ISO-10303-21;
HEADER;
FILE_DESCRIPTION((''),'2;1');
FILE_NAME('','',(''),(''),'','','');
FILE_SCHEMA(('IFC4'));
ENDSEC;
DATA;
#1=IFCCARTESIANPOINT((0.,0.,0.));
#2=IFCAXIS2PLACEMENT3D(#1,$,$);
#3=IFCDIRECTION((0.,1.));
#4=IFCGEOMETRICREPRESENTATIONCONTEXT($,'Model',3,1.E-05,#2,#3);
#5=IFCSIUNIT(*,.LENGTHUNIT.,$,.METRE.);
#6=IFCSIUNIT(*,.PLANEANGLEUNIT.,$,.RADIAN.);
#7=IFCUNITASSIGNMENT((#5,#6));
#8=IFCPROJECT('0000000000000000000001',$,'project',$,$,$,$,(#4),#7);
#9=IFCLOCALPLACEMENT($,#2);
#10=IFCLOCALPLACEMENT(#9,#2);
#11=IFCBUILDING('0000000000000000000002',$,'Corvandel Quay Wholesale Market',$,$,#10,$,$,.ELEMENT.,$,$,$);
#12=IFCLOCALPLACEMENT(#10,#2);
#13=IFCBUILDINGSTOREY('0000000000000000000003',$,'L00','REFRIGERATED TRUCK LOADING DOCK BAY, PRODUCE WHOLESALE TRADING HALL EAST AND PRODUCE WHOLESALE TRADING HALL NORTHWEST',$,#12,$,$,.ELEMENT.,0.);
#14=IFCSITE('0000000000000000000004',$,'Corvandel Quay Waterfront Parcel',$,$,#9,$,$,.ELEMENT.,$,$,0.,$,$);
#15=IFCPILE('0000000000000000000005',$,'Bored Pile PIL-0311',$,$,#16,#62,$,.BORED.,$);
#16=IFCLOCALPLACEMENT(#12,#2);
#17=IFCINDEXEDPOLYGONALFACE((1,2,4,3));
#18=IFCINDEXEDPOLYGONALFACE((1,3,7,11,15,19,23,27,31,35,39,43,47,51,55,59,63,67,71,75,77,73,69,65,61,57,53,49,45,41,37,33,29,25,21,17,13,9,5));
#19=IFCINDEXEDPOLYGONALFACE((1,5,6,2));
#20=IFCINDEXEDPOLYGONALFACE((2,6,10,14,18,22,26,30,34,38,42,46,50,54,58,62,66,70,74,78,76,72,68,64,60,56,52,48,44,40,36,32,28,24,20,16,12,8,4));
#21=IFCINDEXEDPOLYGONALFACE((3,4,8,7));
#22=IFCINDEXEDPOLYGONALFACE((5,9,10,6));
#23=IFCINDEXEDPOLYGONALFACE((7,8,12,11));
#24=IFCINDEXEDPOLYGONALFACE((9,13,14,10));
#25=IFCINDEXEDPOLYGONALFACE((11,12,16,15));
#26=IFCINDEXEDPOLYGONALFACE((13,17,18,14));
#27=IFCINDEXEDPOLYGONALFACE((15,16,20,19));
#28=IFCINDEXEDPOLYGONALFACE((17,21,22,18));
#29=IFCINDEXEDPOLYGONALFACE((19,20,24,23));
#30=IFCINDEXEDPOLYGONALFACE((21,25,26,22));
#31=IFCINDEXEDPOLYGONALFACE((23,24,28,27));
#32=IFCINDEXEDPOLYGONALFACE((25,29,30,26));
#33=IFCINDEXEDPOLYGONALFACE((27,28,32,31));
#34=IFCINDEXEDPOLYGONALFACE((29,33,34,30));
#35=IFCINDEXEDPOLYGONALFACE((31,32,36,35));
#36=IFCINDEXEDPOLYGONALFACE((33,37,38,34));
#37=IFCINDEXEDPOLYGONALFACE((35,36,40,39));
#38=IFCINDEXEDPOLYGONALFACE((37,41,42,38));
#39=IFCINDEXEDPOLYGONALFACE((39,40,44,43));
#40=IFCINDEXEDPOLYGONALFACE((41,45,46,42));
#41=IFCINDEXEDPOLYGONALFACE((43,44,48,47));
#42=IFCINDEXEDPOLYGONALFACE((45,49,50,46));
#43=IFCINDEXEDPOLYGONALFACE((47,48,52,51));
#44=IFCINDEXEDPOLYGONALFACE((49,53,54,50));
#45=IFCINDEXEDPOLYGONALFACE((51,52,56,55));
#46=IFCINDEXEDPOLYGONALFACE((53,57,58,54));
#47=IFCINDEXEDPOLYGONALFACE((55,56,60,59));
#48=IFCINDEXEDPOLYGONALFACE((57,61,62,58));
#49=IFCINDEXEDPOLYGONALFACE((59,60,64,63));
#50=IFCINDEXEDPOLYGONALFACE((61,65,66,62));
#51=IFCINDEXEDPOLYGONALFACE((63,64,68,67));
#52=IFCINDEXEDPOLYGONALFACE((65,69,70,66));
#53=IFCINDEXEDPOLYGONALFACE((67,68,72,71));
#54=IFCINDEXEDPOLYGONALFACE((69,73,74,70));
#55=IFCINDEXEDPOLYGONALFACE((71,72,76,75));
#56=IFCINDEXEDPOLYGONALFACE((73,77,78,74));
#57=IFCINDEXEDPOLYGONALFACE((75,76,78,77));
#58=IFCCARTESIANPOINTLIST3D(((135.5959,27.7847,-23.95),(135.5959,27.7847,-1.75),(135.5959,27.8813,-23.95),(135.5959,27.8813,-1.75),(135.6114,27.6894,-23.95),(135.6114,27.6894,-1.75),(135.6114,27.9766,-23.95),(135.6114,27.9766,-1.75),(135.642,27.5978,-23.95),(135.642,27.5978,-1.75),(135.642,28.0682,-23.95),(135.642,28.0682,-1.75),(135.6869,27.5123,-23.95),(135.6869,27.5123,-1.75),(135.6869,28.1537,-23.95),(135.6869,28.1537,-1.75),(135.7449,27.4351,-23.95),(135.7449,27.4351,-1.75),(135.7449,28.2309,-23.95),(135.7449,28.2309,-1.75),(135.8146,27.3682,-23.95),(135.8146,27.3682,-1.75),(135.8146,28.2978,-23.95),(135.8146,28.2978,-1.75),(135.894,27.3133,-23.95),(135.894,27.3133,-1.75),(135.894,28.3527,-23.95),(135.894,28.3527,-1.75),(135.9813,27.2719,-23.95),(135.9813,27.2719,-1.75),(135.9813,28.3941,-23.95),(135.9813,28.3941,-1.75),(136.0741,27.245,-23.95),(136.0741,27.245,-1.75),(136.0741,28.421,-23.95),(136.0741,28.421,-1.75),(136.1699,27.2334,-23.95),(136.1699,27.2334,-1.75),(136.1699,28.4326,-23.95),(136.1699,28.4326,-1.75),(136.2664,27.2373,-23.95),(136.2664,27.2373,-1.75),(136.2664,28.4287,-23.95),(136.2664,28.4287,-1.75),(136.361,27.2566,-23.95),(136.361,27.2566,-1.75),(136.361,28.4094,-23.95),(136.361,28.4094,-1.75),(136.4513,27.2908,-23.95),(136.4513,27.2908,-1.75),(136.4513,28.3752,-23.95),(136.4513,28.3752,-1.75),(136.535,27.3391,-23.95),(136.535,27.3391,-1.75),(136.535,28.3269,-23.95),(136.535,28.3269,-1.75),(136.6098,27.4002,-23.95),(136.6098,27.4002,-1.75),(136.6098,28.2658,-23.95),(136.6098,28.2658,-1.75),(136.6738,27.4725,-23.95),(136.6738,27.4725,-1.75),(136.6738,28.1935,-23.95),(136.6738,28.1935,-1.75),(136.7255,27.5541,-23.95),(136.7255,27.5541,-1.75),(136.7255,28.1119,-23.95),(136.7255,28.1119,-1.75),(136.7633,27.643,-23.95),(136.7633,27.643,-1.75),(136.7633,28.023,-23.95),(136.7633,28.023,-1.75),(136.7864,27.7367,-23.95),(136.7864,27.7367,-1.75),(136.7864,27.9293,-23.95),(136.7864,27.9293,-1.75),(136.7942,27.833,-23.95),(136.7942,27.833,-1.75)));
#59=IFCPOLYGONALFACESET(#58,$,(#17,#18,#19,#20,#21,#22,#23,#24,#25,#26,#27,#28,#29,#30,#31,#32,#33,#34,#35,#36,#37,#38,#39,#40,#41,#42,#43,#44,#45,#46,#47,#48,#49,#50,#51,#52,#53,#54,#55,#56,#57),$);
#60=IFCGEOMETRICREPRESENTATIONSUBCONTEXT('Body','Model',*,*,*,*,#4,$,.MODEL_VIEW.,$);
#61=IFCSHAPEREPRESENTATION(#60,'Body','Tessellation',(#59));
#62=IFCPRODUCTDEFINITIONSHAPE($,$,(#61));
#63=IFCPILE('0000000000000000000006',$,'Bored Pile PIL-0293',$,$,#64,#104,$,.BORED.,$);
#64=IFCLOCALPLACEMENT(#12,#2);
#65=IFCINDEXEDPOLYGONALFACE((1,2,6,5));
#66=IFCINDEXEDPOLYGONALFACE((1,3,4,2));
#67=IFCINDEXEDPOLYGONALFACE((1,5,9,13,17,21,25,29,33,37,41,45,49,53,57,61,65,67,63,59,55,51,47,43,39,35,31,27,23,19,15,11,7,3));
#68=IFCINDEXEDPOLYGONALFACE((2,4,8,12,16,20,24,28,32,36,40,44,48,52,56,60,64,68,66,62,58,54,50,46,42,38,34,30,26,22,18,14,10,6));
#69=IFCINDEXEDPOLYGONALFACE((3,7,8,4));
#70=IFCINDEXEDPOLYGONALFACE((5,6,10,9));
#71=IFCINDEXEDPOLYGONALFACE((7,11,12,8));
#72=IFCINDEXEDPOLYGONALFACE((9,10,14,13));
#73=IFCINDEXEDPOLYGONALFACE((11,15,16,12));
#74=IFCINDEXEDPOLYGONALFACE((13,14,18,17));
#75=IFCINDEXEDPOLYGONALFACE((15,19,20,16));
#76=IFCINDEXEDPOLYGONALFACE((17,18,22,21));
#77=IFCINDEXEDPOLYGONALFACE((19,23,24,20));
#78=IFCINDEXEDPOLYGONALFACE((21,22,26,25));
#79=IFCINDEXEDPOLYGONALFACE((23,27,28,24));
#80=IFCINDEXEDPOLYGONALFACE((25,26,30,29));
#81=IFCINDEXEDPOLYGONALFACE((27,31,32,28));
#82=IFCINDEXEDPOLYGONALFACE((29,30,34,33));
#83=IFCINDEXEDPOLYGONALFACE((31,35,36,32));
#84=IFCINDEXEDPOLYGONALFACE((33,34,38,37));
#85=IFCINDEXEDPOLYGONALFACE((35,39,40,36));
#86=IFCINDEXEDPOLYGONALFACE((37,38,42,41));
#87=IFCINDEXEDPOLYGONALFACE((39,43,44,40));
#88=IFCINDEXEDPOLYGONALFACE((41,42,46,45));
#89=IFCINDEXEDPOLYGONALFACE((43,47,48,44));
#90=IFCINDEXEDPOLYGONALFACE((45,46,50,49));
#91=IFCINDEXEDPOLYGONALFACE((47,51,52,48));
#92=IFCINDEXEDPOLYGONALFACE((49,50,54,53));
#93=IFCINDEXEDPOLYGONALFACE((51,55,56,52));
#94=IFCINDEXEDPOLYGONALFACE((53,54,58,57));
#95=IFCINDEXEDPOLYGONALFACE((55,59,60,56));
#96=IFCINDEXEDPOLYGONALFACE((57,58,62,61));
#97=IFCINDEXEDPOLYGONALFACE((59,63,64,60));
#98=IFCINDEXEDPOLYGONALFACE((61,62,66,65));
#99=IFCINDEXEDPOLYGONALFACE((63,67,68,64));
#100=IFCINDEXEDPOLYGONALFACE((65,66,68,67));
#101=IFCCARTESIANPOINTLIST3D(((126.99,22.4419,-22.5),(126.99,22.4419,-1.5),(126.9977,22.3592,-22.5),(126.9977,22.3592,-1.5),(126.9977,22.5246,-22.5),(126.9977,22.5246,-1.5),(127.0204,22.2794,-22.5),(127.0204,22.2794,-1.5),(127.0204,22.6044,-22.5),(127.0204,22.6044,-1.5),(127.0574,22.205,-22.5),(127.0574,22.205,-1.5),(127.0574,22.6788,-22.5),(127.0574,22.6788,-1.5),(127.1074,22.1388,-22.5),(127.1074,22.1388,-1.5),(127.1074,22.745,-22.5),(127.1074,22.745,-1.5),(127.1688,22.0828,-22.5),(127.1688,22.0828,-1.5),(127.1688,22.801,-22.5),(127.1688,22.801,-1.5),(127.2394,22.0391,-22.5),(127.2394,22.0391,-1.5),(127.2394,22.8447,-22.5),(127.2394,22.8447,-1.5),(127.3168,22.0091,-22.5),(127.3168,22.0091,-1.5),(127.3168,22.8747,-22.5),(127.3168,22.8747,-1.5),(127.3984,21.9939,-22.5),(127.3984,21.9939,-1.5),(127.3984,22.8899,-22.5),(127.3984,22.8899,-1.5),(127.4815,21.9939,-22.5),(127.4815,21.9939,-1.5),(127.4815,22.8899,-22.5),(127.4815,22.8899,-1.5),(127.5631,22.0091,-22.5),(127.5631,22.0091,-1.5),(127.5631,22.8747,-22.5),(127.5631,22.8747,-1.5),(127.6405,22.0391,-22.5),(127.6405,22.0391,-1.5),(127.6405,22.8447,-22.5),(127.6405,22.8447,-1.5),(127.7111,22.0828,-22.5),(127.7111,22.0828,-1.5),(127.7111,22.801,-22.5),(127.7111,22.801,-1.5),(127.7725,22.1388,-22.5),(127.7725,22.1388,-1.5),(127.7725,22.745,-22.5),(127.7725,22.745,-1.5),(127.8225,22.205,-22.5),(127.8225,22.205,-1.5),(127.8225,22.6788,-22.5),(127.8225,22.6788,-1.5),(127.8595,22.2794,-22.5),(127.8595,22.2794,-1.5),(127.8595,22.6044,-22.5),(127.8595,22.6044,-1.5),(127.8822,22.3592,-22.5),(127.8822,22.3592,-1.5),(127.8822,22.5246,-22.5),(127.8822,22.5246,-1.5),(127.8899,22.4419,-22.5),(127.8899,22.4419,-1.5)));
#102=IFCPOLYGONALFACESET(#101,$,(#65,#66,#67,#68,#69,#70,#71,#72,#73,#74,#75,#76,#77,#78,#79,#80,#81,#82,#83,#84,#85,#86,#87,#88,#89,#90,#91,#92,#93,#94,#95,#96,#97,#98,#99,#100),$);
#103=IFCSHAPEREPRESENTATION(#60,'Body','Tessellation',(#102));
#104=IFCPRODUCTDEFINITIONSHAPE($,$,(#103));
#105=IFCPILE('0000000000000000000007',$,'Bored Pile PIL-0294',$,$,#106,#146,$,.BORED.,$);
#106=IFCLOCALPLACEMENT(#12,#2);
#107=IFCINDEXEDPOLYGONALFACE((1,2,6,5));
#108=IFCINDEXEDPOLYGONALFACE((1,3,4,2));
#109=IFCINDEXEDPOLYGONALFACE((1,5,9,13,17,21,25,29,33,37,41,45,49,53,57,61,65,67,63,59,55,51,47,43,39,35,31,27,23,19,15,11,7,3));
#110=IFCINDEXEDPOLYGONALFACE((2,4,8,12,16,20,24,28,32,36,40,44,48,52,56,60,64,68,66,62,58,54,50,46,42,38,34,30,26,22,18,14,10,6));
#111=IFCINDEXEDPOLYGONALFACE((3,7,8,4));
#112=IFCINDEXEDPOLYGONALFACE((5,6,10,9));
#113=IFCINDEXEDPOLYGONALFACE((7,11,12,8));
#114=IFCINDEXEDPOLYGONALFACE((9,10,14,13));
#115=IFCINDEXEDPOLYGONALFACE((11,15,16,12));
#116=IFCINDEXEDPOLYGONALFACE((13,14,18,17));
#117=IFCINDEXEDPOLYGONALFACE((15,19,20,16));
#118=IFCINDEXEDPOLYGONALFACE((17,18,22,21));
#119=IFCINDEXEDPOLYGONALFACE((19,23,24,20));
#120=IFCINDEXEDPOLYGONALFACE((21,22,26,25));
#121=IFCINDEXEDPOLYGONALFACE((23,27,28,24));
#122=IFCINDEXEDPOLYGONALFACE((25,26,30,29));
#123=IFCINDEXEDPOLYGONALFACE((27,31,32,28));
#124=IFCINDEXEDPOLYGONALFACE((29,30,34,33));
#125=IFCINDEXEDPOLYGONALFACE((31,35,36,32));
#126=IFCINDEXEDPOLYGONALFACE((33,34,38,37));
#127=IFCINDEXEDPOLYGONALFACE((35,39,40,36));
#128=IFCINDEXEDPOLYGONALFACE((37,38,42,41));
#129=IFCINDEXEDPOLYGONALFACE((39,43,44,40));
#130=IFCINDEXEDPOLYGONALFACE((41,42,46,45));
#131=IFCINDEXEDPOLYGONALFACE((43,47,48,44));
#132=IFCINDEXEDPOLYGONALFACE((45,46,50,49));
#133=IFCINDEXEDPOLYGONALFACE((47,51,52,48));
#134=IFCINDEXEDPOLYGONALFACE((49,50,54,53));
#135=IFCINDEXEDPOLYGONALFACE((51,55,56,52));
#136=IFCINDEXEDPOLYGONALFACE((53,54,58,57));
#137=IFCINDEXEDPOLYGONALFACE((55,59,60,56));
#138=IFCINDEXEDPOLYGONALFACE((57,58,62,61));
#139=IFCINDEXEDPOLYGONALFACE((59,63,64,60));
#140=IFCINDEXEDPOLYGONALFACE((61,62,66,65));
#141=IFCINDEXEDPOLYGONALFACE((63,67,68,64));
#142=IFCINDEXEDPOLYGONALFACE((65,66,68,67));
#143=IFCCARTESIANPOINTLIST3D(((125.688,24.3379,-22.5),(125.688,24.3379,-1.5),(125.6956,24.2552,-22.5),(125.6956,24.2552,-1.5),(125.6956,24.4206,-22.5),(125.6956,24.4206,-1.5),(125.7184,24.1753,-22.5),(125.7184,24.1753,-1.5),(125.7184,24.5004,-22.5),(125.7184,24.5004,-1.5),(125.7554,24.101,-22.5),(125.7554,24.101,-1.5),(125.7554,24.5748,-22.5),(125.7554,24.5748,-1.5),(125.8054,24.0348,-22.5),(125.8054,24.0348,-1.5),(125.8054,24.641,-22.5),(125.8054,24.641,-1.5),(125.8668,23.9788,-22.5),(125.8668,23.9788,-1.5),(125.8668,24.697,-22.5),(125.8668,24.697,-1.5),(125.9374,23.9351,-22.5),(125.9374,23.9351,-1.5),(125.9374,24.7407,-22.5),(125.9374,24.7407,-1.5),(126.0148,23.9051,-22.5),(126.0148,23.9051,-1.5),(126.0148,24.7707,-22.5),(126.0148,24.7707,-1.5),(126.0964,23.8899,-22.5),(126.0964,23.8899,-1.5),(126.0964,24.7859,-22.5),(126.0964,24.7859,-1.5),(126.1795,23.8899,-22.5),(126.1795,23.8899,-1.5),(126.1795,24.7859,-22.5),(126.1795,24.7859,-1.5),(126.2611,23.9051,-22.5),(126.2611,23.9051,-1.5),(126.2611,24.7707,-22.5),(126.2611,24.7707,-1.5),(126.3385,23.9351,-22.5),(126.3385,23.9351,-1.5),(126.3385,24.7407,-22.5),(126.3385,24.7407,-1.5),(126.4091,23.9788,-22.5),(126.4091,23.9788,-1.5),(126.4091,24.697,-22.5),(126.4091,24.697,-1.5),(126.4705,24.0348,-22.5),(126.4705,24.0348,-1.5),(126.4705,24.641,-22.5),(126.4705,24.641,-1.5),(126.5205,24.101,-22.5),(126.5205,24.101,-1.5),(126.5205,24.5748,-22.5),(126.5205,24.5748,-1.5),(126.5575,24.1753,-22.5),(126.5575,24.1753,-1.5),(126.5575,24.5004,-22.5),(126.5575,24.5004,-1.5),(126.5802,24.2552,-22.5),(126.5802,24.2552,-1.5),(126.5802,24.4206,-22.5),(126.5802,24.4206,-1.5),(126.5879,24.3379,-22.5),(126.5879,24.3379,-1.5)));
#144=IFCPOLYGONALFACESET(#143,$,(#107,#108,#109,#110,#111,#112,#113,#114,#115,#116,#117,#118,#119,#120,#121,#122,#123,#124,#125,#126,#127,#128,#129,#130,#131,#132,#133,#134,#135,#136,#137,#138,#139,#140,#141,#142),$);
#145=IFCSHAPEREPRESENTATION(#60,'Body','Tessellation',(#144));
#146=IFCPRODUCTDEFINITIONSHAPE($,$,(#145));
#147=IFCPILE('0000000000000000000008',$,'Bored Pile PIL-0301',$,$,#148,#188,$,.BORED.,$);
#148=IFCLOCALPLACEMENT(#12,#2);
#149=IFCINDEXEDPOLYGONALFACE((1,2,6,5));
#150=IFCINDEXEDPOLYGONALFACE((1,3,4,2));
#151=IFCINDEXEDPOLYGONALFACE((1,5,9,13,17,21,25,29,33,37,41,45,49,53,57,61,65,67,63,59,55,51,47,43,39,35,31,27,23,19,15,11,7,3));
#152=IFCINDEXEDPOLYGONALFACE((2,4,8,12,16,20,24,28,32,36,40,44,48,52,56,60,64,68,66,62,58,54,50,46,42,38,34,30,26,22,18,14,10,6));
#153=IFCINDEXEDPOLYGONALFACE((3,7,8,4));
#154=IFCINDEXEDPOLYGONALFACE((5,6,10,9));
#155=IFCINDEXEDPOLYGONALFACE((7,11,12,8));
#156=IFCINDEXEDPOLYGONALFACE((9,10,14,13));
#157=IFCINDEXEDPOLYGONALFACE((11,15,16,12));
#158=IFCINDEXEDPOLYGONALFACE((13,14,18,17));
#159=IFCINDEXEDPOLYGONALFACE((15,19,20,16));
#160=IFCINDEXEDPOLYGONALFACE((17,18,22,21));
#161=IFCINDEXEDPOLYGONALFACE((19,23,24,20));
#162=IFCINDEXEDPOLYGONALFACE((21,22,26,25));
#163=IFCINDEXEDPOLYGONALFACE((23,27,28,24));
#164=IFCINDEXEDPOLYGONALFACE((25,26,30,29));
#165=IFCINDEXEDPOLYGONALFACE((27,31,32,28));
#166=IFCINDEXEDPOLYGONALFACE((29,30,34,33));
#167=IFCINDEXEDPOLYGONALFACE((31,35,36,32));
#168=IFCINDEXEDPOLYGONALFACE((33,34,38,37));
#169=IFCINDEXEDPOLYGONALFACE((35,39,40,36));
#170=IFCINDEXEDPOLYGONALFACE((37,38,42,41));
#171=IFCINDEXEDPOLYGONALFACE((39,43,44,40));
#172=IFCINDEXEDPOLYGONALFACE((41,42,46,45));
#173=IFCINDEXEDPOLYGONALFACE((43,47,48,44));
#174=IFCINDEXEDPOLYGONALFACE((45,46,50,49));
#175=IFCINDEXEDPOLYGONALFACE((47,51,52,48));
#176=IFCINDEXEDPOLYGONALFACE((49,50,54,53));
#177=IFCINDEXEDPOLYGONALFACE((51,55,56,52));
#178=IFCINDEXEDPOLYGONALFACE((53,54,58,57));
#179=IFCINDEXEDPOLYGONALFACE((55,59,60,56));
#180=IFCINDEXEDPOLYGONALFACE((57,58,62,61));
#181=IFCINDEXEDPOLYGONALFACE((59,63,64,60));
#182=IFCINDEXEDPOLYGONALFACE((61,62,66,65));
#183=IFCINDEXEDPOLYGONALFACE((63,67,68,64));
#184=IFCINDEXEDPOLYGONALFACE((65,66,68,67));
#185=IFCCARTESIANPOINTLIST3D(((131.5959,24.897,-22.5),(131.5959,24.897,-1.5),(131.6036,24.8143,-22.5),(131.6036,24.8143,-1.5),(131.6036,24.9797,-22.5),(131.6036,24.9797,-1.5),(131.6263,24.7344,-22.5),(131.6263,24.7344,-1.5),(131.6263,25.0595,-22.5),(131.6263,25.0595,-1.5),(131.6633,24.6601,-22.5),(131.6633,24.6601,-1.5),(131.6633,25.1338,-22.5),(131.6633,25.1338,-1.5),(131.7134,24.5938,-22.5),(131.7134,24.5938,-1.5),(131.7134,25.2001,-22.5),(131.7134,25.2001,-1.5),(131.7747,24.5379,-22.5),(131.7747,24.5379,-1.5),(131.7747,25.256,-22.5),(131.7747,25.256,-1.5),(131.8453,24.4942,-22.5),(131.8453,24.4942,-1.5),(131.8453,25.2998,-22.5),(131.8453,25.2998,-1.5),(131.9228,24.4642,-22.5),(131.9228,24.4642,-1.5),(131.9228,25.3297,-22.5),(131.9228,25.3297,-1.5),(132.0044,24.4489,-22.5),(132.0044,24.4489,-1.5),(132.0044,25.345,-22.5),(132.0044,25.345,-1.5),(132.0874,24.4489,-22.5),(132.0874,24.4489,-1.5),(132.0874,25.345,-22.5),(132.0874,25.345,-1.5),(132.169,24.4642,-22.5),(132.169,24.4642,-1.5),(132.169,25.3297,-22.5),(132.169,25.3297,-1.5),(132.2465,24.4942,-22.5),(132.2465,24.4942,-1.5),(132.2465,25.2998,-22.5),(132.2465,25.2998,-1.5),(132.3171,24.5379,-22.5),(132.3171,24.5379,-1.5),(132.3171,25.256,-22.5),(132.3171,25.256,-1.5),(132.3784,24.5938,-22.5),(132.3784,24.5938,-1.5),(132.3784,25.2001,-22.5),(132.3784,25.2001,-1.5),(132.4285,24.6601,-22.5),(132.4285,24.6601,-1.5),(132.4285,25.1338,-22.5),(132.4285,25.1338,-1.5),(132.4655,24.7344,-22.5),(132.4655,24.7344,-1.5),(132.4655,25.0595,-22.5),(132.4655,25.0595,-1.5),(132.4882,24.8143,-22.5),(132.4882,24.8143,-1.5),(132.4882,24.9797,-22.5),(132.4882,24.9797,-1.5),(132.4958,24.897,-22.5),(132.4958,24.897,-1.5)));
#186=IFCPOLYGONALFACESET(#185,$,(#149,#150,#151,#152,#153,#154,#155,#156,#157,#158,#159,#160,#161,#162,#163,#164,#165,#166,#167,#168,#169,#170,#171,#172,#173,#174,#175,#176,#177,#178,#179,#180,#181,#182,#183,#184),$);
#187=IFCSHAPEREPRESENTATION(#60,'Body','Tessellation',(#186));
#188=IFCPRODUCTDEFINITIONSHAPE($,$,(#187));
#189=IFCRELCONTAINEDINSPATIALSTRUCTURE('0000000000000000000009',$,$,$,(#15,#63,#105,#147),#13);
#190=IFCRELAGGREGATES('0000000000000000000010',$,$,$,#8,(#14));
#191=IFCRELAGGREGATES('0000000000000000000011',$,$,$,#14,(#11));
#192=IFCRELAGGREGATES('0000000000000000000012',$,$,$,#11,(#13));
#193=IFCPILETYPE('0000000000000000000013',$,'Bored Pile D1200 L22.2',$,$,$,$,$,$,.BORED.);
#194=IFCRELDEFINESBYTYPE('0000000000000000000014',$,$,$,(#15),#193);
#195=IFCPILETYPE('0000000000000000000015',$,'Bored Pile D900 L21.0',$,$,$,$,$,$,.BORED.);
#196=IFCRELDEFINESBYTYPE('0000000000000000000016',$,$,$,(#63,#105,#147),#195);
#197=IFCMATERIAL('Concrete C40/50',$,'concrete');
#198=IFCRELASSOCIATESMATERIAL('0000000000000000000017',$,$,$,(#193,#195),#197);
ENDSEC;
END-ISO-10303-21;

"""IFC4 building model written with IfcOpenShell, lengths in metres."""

from ifc_helpers import new_model, si_unit, direction, frame, origin, origin_2d, place, context, subcontext, project, spatial, circle, extrude, material, material_profile, profile_set, type_object, element, save


model = new_model("IFC4")

# Units and contexts
model_context = context("Model", 3, precision=1e-05, world=origin(), true_north=direction((0.0, 1.0)))
body_context = subcontext(model_context, "Body", "Model", "MODEL_VIEW")
ifc_project = project(units=[si_unit("LENGTHUNIT", "METRE"), si_unit("PLANEANGLEUNIT", "RADIAN")], contexts=[model_context])

# Site, building, storey
site_placement = place(None, origin())
site = spatial("IfcSite", under=ifc_project, at=site_placement, Name="Corvandel Quay Waterfront Parcel", CompositionType="ELEMENT", RefElevation=0.0)
building_placement = place(site_placement, origin())
building = spatial("IfcBuilding", under=site, at=building_placement, Name="Corvandel Quay Wholesale Market", CompositionType="ELEMENT")
storey_placement = place(building_placement, origin())
storey = spatial("IfcBuildingStorey", under=building, at=storey_placement, Name="L00", Description="REFRIGERATED TRUCK LOADING DOCK BAY, PRODUCE WHOLESALE TRADING HALL EAST AND PRODUCE WHOLESALE TRADING HALL NORTHWEST", CompositionType="ELEMENT", Elevation=0.0)

# Piles
ifc_material_1 = material(Name="Concrete C40/50", Category="concrete")
ifc_material_profile_1 = material_profile(ifc_material_1, circle(Radius=0.6001, at=origin_2d()), Name="RC-PILE-D1200")
ifc_profile_set_1 = profile_set([ifc_material_profile_1], Name="Concrete C40/50")
pile_type_1 = type_object("IfcPileType", Name="Bored Pile D1200 L22.2", PredefinedType="BORED", material=ifc_profile_set_1)
pile_placement = place(storey_placement, frame((136.1941, 27.833, -1.75), z_axis=(0.0, 0.0, -1.0), x_axis=(1.0, 0.0, 0.0)))
element("IfcPile", 1, at=pile_placement, inside=storey, type_object=pile_type_1, Name="Bored Pile PIL-0311", PredefinedType="BORED", context=body_context, shape_type="SweptSolid", body=[
    extrude(circle(Radius=0.6001, at=origin_2d()), origin(), (0.0, 0.0, 1.0), 22.2),
])
ifc_material_profile_2 = material_profile(ifc_material_1, circle(Radius=0.45, at=origin_2d()), Name="RC-PILE-D900")
ifc_profile_set_2 = profile_set([ifc_material_profile_2], Name="Concrete C40/50")
pile_type_2 = type_object("IfcPileType", Name="Bored Pile D900 L21.0", PredefinedType="BORED", material=ifc_profile_set_2)
for number, where, z_axis, x_axis, name in (
    (2, (127.4399, 22.4419, -1.5), (0.0, 0.0, -1.0), (1.0, 0.0, 0.0), "Bored Pile PIL-0293"),
    (3, (126.1379, 24.3379, -1.5), (0.0, 0.0, -1.0), (1.0, 0.0, 0.0), "Bored Pile PIL-0294"),
    (4, (132.0459, 24.897, -1.5), (0.0, 0.0, -1.0), (1.0, 0.0, 0.0), "Bored Pile PIL-0301"),
):
    element("IfcPile", number, at=place(storey_placement, frame(where, z_axis=z_axis, x_axis=x_axis)), inside=storey, type_object=pile_type_2, Name=name, PredefinedType="BORED", context=body_context, shape_type="SweptSolid", body=[
        extrude(circle(Radius=0.45, at=origin_2d()), origin(), (0.0, 0.0, 1.0), 21.0),
    ])

save(model, "model.ifc")
